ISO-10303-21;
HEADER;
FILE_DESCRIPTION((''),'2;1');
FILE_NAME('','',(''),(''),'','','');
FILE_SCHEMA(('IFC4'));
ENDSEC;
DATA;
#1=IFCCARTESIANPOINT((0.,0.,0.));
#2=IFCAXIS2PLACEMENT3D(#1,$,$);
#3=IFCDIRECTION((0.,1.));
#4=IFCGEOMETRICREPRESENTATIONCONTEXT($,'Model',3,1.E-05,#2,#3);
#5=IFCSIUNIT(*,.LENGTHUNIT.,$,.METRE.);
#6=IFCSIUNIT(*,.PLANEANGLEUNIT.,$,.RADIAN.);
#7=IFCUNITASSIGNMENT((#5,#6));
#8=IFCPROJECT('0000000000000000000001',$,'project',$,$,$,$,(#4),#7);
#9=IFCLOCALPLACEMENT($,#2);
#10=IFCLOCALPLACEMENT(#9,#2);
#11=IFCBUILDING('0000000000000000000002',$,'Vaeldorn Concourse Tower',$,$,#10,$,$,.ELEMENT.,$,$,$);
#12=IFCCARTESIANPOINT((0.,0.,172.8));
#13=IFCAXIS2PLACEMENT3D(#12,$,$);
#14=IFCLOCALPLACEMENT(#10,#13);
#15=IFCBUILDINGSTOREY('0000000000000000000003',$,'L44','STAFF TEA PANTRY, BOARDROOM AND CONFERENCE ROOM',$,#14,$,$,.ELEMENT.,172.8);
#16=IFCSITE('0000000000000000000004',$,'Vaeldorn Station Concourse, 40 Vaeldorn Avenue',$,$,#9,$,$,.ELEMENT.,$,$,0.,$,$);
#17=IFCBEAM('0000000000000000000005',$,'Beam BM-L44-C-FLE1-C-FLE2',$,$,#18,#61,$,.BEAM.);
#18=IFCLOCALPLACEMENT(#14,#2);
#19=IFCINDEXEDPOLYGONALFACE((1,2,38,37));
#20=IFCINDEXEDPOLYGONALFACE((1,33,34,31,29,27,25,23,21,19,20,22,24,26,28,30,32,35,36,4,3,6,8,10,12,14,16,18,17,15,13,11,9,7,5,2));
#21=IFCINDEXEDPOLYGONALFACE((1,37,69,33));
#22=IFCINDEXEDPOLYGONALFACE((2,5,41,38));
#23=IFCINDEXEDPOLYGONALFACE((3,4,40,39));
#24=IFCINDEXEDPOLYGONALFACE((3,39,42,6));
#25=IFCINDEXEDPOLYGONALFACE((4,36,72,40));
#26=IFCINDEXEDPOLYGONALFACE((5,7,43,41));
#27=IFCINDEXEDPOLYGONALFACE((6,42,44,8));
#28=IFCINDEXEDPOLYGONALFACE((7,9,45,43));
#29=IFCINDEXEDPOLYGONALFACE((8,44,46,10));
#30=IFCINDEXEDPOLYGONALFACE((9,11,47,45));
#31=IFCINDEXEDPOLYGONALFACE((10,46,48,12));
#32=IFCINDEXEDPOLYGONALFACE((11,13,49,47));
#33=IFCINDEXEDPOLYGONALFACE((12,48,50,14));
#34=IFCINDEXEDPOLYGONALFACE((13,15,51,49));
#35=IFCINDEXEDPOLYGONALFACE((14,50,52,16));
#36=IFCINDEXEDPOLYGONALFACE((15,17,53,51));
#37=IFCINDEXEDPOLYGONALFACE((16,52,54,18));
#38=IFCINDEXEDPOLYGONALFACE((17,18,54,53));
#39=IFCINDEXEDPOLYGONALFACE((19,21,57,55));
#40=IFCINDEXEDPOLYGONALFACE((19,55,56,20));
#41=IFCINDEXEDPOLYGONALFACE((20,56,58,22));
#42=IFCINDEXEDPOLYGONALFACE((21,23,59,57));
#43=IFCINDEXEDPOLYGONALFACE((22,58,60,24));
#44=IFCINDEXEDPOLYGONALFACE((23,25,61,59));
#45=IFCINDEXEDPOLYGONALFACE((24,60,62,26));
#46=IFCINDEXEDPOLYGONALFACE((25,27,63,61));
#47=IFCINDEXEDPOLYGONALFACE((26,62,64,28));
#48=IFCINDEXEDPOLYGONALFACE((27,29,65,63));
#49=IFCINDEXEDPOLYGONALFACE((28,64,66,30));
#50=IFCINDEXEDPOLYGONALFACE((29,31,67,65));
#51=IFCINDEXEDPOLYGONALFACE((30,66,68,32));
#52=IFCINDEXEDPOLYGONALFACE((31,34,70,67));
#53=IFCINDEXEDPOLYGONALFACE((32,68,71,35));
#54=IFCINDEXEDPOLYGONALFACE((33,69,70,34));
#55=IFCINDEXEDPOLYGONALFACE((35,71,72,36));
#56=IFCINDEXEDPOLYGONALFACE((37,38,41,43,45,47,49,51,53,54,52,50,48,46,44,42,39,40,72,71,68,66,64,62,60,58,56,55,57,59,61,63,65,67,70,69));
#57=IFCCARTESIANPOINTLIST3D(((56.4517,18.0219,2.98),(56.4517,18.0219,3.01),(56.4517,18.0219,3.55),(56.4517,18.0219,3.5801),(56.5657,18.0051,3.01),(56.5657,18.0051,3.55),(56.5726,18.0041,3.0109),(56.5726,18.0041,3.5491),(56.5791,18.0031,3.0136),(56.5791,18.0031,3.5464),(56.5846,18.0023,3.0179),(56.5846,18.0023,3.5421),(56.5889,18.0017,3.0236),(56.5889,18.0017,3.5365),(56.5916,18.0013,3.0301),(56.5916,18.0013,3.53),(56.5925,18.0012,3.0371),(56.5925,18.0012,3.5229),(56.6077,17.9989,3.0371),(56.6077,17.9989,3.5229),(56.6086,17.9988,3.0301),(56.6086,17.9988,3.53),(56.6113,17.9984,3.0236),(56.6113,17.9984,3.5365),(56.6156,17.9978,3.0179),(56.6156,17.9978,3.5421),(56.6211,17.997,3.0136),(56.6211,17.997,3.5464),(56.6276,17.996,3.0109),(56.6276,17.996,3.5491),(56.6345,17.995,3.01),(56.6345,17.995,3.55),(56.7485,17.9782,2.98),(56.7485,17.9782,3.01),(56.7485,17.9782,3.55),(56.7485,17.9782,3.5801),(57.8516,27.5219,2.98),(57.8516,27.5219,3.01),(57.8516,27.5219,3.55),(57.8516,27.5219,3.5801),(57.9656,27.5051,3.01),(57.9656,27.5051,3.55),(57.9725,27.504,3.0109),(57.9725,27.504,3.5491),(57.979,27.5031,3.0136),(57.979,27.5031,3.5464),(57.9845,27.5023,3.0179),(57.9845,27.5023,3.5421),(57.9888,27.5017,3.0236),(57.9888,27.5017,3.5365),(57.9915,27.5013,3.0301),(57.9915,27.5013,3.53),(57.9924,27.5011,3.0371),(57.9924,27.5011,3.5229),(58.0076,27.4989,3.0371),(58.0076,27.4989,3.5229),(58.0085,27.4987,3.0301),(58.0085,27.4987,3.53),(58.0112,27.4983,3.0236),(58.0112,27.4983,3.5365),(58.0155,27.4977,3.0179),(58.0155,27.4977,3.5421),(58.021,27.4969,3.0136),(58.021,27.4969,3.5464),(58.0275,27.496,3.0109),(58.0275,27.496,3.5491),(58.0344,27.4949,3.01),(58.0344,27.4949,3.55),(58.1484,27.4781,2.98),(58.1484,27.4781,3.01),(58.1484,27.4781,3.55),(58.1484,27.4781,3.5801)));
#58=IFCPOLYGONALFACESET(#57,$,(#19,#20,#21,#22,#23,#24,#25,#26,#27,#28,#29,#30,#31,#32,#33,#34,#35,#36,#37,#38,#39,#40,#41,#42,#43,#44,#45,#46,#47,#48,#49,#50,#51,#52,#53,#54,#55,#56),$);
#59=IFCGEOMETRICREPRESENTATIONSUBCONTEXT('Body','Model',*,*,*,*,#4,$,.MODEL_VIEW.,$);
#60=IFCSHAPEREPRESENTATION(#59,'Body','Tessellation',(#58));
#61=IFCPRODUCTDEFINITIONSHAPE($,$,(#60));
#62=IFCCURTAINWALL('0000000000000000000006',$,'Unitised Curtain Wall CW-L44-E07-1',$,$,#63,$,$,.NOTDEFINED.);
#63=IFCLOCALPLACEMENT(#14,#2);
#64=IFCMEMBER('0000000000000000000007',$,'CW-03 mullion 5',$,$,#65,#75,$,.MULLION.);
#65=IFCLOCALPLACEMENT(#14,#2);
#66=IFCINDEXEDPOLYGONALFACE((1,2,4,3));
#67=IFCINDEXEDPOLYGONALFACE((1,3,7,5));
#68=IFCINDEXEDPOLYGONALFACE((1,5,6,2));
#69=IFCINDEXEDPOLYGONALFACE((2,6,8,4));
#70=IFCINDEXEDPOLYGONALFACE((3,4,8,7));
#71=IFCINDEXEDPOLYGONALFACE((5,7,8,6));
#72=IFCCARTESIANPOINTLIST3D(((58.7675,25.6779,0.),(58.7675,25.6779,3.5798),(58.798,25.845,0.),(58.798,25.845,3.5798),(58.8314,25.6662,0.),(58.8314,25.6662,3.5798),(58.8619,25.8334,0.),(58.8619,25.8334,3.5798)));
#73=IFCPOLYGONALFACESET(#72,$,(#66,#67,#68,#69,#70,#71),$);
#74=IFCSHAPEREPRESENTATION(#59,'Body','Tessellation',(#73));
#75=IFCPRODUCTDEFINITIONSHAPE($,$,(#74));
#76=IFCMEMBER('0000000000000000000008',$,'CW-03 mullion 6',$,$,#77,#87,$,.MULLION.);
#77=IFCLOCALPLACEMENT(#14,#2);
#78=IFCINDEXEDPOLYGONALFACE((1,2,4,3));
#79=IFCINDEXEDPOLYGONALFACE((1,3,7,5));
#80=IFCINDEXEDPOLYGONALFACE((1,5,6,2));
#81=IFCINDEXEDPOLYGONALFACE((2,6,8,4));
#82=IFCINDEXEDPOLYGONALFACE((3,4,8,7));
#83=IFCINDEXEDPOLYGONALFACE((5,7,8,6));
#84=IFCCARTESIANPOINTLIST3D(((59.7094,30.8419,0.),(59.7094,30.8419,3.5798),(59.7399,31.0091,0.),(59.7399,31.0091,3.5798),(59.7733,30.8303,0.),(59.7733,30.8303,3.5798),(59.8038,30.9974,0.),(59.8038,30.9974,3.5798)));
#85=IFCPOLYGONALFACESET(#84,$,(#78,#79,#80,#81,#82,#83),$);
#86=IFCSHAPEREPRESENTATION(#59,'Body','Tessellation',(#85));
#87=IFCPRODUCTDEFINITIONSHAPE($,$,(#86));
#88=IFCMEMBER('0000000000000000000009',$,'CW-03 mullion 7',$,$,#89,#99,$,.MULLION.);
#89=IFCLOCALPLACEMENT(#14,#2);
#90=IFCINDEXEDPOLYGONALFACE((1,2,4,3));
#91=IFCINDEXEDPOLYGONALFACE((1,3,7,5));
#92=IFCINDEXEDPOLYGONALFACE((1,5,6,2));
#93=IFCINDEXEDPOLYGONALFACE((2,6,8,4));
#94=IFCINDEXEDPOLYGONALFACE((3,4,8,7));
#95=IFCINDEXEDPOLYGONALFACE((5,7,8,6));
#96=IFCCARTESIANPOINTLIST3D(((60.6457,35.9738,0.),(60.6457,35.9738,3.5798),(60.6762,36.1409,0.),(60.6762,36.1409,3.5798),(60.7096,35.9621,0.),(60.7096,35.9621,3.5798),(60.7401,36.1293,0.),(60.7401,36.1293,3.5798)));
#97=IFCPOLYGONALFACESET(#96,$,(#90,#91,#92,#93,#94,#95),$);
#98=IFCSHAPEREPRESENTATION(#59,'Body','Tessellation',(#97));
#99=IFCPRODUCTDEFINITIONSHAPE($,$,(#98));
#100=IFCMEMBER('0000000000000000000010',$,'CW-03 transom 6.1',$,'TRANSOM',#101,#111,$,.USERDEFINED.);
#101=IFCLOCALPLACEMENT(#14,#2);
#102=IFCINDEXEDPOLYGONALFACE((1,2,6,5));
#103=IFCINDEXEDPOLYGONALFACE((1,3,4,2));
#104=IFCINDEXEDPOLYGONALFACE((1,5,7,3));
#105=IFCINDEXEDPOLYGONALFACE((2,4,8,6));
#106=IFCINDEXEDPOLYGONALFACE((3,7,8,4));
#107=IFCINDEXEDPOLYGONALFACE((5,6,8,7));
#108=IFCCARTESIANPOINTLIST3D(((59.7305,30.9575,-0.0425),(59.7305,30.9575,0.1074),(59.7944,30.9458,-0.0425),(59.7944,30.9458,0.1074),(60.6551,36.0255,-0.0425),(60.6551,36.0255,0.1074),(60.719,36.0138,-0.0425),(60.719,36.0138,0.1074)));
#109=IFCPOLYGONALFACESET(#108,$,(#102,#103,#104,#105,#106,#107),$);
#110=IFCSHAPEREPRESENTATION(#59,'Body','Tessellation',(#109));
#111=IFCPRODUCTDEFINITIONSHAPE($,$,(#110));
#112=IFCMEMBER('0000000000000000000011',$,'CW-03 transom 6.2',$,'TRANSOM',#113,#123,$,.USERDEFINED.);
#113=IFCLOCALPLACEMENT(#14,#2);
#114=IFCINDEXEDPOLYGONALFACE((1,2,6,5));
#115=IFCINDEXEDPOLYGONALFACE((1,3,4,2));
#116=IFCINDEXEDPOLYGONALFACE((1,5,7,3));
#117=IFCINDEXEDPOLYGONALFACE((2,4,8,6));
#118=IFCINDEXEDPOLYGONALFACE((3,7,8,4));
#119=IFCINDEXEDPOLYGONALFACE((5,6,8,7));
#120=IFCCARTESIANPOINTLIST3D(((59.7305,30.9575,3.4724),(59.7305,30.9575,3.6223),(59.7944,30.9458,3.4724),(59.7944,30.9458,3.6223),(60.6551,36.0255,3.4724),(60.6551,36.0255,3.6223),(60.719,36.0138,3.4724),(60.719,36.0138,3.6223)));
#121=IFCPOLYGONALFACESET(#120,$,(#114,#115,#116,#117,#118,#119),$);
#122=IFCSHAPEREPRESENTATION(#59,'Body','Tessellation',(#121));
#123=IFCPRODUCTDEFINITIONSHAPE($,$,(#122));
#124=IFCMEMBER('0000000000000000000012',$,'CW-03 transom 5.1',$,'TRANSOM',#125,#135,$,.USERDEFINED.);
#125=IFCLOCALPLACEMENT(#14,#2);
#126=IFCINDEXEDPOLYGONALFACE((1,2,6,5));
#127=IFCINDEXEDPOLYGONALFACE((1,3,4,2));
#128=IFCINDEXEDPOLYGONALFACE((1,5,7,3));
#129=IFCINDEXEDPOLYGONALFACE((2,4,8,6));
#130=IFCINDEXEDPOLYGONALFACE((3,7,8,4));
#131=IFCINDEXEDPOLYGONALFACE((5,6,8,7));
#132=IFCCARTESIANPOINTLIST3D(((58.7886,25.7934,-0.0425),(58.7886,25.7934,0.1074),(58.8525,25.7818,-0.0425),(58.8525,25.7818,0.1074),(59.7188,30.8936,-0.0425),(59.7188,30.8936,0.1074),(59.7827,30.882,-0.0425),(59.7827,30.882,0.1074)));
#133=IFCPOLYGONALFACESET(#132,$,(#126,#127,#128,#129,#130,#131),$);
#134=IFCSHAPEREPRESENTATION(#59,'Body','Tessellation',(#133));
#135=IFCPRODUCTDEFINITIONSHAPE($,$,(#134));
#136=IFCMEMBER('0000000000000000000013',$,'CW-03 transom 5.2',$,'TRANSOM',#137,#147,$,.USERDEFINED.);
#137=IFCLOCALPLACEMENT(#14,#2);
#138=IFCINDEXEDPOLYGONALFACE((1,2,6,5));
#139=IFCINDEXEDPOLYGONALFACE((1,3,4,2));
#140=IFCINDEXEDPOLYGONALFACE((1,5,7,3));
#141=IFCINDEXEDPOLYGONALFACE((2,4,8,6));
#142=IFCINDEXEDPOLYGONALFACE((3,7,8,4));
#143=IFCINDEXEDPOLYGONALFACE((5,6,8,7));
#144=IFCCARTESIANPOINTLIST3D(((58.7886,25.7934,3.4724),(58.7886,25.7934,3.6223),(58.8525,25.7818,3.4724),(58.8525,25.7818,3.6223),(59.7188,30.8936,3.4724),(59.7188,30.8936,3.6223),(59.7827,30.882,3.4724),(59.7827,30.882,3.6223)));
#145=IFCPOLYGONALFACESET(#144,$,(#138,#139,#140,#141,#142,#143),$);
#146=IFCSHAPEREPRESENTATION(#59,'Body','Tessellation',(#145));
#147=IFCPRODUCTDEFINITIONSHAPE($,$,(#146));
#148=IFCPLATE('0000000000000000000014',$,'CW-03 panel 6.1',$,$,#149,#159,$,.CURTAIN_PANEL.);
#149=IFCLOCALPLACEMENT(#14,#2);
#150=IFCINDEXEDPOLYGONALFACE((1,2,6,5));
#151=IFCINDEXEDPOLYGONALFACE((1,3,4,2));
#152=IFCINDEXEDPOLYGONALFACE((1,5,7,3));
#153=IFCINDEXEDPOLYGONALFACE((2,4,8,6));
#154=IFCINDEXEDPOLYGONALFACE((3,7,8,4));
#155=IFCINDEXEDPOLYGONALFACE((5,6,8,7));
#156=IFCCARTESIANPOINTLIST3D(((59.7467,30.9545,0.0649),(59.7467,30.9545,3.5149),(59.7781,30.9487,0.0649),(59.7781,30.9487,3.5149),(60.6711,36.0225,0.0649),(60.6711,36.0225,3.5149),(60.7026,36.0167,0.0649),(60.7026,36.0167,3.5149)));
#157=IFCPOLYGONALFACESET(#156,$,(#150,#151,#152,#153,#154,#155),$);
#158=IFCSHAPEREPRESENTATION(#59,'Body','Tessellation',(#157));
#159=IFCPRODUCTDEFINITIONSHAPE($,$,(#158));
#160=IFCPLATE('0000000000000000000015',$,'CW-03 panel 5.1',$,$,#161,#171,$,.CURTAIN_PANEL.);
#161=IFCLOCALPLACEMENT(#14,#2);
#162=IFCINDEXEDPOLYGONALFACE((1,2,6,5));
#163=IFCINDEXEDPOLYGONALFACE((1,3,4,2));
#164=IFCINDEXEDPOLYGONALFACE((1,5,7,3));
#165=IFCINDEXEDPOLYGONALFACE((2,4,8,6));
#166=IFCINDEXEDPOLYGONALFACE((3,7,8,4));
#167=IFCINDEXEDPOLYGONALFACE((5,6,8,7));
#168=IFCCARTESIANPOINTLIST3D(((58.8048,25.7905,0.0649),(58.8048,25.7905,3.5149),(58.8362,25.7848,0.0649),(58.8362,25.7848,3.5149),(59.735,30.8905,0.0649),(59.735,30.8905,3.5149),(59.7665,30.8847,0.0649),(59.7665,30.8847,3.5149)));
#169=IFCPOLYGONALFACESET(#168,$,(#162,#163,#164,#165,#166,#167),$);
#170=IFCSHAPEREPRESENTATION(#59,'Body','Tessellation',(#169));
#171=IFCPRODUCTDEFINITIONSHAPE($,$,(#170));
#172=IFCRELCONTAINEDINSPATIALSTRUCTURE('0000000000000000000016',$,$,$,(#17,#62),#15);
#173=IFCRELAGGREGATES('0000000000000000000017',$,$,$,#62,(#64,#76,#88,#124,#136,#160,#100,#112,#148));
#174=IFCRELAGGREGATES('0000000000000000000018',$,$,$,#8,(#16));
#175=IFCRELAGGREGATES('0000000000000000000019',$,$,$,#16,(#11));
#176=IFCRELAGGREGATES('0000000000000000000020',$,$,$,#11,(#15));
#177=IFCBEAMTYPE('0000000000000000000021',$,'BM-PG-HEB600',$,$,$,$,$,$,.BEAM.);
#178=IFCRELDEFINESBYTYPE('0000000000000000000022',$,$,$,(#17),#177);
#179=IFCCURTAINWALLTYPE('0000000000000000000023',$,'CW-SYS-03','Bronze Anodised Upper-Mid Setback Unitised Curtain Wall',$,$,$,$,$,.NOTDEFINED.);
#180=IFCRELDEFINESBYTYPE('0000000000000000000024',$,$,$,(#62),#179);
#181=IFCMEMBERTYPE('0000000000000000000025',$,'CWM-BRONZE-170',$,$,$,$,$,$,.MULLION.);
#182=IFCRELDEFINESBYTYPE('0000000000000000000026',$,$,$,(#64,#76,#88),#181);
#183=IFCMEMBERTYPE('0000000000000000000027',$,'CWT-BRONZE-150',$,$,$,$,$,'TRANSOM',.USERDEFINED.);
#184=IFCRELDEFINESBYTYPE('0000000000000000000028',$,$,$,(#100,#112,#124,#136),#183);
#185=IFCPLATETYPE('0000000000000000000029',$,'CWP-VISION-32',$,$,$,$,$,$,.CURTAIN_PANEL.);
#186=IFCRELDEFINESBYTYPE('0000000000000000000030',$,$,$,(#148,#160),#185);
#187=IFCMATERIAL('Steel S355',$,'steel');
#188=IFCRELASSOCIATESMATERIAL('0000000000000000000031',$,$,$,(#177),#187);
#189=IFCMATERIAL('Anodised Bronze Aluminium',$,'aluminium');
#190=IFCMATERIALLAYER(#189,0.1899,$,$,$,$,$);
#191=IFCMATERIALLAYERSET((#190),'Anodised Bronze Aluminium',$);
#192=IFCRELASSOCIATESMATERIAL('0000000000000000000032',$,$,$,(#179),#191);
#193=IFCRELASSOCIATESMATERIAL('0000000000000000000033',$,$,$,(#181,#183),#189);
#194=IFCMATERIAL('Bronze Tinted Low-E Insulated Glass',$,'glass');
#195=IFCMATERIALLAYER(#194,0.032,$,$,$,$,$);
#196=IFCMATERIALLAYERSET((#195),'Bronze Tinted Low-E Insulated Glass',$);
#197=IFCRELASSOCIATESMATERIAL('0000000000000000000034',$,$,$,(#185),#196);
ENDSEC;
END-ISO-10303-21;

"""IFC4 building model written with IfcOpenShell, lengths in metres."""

from ifc_helpers import new_model, si_unit, direction, frame, origin, origin_2d, place, context, subcontext, project, spatial, rectangle, i_section, extrude, source, transform, mapped, material, layer, layer_set, material_profile, profile_set, type_object, element, aggregate, save


model = new_model("IFC4")

# Units and contexts
model_context = context("Model", 3, precision=1e-05, world=origin(), true_north=direction((0.0, 1.0)))
body_context = subcontext(model_context, "Body", "Model", "MODEL_VIEW")
ifc_project = project(units=[si_unit("LENGTHUNIT", "METRE"), si_unit("PLANEANGLEUNIT", "RADIAN")], contexts=[model_context])

# Site, building, storey
site_placement = place(None, origin())
site = spatial("IfcSite", under=ifc_project, at=site_placement, Name="Vaeldorn Station Concourse, 40 Vaeldorn Avenue", CompositionType="ELEMENT", RefElevation=0.0)
building_placement = place(site_placement, origin())
building = spatial("IfcBuilding", under=site, at=building_placement, Name="Vaeldorn Concourse Tower", CompositionType="ELEMENT")
storey_placement = place(building_placement, frame((0.0, 0.0, 172.8)))
storey = spatial("IfcBuildingStorey", under=building, at=storey_placement, Name="L44", Description="STAFF TEA PANTRY, BOARDROOM AND CONFERENCE ROOM", CompositionType="ELEMENT", Elevation=172.8)

# Shared definitions
ifc_material_1 = material(Name="Steel S355", Category="steel")

# Beam
ifc_material_profile_1 = material_profile(ifc_material_1, i_section(OverallWidth=0.3, OverallDepth=0.6001, WebThickness=0.0154, FlangeThickness=0.03, FilletRadius=0.0271, at=origin_2d()), Name="HEB 600")
ifc_profile_set_1 = profile_set([ifc_material_profile_1], Name="Steel S355")
beam_type_1 = type_object("IfcBeamType", Name="BM-PG-HEB600", PredefinedType="BEAM", material=ifc_profile_set_1)
shared_shape_1 = source(origin(), body_context, "Body", "SweptSolid", [
    extrude(i_section(OverallWidth=0.3, OverallDepth=0.6001, WebThickness=0.0154, FlangeThickness=0.03, FilletRadius=0.0271, at=origin_2d()), origin(), (0.0, 0.0, 1.0), 9.6025),
])
beam_1_placement = place(storey_placement, frame((58.0, 27.5, 3.28), z_axis=(-0.145784, -0.989316, 0.0), x_axis=(0.989316, -0.145784, 0.0)))
element("IfcBeam", 1, at=beam_1_placement, inside=storey, type_object=beam_type_1, Name="Beam BM-L44-C-FLE1-C-FLE2", PredefinedType="BEAM", context=body_context, shape_type="MappedRepresentation", body=[
    mapped(shared_shape_1, transform((0.0, 0.0, 0.0), scale=1.0)),
])

# Curtain wall, members, plates
ifc_material_2 = material(Name="Anodised Bronze Aluminium", Category="aluminium")
ifc_layer_1 = layer(ifc_material_2, 0.1899)
ifc_layer_set_1 = layer_set([ifc_layer_1], Name="Anodised Bronze Aluminium")
curtain_wall_type = type_object("IfcCurtainWallType", Name="CW-SYS-03", Description="Bronze Anodised Upper-Mid Setback Unitised Curtain Wall", PredefinedType="NOTDEFINED", material=ifc_layer_set_1)
curtain_wall_placement = place(storey_placement, origin())
curtain_wall = element("IfcCurtainWall", 2, at=curtain_wall_placement, inside=storey, type_object=curtain_wall_type, Name="Unitised Curtain Wall CW-L44-E07-1", PredefinedType="NOTDEFINED")
ifc_material_profile_2 = material_profile(ifc_material_2, rectangle(XDim=0.0649, YDim=0.1699, at=origin_2d()), Name="CWM 65x170")
ifc_profile_set_2 = profile_set([ifc_material_profile_2], Name="Anodised Bronze Aluminium")
member_type_1 = type_object("IfcMemberType", Name="CWM-BRONZE-170", PredefinedType="MULLION", material=ifc_profile_set_2)
shared_shape_2 = source(origin(), body_context, "Body", "SweptSolid", [
    extrude(rectangle(XDim=0.0649, YDim=0.1699, at=origin_2d()), origin(), (0.0, 0.0, 1.0), 3.5798),
])
member_1_placement = place(storey_placement, frame((58.8147, 25.7556, 0.0), z_axis=(0.0, 0.0, 1.0), x_axis=(-0.983768, 0.179446, 0.0)))
member_1 = element("IfcMember", 3, at=member_1_placement, type_object=member_type_1, Name="CW-03 mullion 5", PredefinedType="MULLION", context=body_context, shape_type="MappedRepresentation", body=[
    mapped(shared_shape_2, transform((0.0, 0.0, 0.0), scale=1.0)),
])
member_2_placement = place(storey_placement, frame((59.7566, 30.9197, 0.0), z_axis=(0.0, 0.0, 1.0), x_axis=(-0.983768, 0.179446, 0.0)))
member_2 = element("IfcMember", 4, at=member_2_placement, type_object=member_type_1, Name="CW-03 mullion 6", PredefinedType="MULLION", context=body_context, shape_type="MappedRepresentation", body=[
    mapped(shared_shape_2, transform((0.0, 0.0, 0.0), scale=1.0)),
])
member_3_placement = place(storey_placement, frame((60.6929, 36.0515, 0.0), z_axis=(0.0, 0.0, 1.0), x_axis=(-0.983768, 0.179446, 0.0)))
member_3 = element("IfcMember", 5, at=member_3_placement, type_object=member_type_1, Name="CW-03 mullion 7", PredefinedType="MULLION", context=body_context, shape_type="MappedRepresentation", body=[
    mapped(shared_shape_2, transform((0.0, 0.0, 0.0), scale=1.0)),
])
ifc_material_profile_3 = material_profile(ifc_material_2, rectangle(XDim=0.0649, YDim=0.1499, at=origin_2d()), Name="CWT 65x150")
ifc_profile_set_3 = profile_set([ifc_material_profile_3], Name="Anodised Bronze Aluminium")
member_type_2 = type_object("IfcMemberType", Name="CWT-BRONZE-150", ElementType="TRANSOM", PredefinedType="USERDEFINED", material=ifc_profile_set_3)
shared_shape_3 = source(origin(), body_context, "Body", "SweptSolid", [
    extrude(rectangle(XDim=0.0649, YDim=0.1499, at=origin_2d()), origin(), (0.0, 0.0, 1.0), 5.1516),
])
member_4_placement = place(storey_placement, frame((59.7625, 30.9517, 0.0325), z_axis=(0.179473, 0.983763, 0.0), x_axis=(-0.983763, 0.179473, 0.0)))
member_4 = element("IfcMember", 6, at=member_4_placement, type_object=member_type_2, Name="CW-03 transom 6.1", ObjectType="TRANSOM", PredefinedType="USERDEFINED", context=body_context, shape_type="MappedRepresentation", body=[
    mapped(shared_shape_3, transform((0.0, 0.0, 0.0), scale=1.0)),
])
member_5_placement = place(storey_placement, frame((59.7625, 30.9517, 3.5474), z_axis=(0.179473, 0.983763, 0.0), x_axis=(-0.983763, 0.179473, 0.0)))
member_5 = element("IfcMember", 7, at=member_5_placement, type_object=member_type_2, Name="CW-03 transom 6.2", ObjectType="TRANSOM", PredefinedType="USERDEFINED", context=body_context, shape_type="MappedRepresentation", body=[
    mapped(shared_shape_3, transform((0.0, 0.0, 0.0), scale=1.0)),
])
shared_shape_4 = source(origin(), body_context, "Body", "SweptSolid", [
    extrude(rectangle(XDim=0.0649, YDim=0.1499, at=origin_2d()), origin(), (0.0, 0.0, 1.0), 5.1843),
])
member_6_placement = place(storey_placement, frame((58.8206, 25.7876, 0.0325), z_axis=(0.179424, 0.983772, 0.0), x_axis=(-0.983772, 0.179424, 0.0)))
member_6 = element("IfcMember", 8, at=member_6_placement, type_object=member_type_2, Name="CW-03 transom 5.1", ObjectType="TRANSOM", PredefinedType="USERDEFINED", context=body_context, shape_type="MappedRepresentation", body=[
    mapped(shared_shape_4, transform((0.0, 0.0, 0.0), scale=1.0)),
])
member_7_placement = place(storey_placement, frame((58.8206, 25.7876, 3.5474), z_axis=(0.179424, 0.983772, 0.0), x_axis=(-0.983772, 0.179424, 0.0)))
member_7 = element("IfcMember", 9, at=member_7_placement, type_object=member_type_2, Name="CW-03 transom 5.2", ObjectType="TRANSOM", PredefinedType="USERDEFINED", context=body_context, shape_type="MappedRepresentation", body=[
    mapped(shared_shape_4, transform((0.0, 0.0, 0.0), scale=1.0)),
])
ifc_material_3 = material(Name="Bronze Tinted Low-E Insulated Glass", Category="glass")
ifc_layer_2 = layer(ifc_material_3, 0.032)
ifc_layer_set_2 = layer_set([ifc_layer_2], Name="Bronze Tinted Low-E Insulated Glass")
plate_type = type_object("IfcPlateType", Name="CWP-VISION-32", PredefinedType="CURTAIN_PANEL", material=ifc_layer_set_2)
shared_shape_5 = source(origin(), body_context, "Body", "SweptSolid", [
    extrude(rectangle(XDim=5.1516, YDim=0.032, at=origin_2d()), origin(), (0.0, 0.0, 1.0), 3.45),
])
plate_1_placement = place(storey_placement, frame((60.2246, 33.4856, 0.0649), z_axis=(0.0, 0.0, 1.0), x_axis=(0.179446, 0.983768, 0.0)))
plate_1 = element("IfcPlate", 10, at=plate_1_placement, type_object=plate_type, Name="CW-03 panel 6.1", PredefinedType="CURTAIN_PANEL", context=body_context, shape_type="MappedRepresentation", body=[
    mapped(shared_shape_5, transform((0.0, 0.0, 0.0), scale=1.0)),
])
shared_shape_6 = source(origin(), body_context, "Body", "SweptSolid", [
    extrude(rectangle(XDim=5.1841, YDim=0.032, at=origin_2d()), origin(), (0.0, 0.0, 1.0), 3.45),
])
plate_2_placement = place(storey_placement, frame((59.2856, 28.3376, 0.0649), z_axis=(0.0, 0.0, 1.0), x_axis=(0.179446, 0.983768, 0.0)))
plate_2 = element("IfcPlate", 11, at=plate_2_placement, type_object=plate_type, Name="CW-03 panel 5.1", PredefinedType="CURTAIN_PANEL", context=body_context, shape_type="MappedRepresentation", body=[
    mapped(shared_shape_6, transform((0.0, 0.0, 0.0), scale=1.0)),
])
aggregate(curtain_wall, [member_1, member_2, member_3, member_6, member_7, plate_2, member_4, member_5, plate_1])

save(model, "model.ifc")
